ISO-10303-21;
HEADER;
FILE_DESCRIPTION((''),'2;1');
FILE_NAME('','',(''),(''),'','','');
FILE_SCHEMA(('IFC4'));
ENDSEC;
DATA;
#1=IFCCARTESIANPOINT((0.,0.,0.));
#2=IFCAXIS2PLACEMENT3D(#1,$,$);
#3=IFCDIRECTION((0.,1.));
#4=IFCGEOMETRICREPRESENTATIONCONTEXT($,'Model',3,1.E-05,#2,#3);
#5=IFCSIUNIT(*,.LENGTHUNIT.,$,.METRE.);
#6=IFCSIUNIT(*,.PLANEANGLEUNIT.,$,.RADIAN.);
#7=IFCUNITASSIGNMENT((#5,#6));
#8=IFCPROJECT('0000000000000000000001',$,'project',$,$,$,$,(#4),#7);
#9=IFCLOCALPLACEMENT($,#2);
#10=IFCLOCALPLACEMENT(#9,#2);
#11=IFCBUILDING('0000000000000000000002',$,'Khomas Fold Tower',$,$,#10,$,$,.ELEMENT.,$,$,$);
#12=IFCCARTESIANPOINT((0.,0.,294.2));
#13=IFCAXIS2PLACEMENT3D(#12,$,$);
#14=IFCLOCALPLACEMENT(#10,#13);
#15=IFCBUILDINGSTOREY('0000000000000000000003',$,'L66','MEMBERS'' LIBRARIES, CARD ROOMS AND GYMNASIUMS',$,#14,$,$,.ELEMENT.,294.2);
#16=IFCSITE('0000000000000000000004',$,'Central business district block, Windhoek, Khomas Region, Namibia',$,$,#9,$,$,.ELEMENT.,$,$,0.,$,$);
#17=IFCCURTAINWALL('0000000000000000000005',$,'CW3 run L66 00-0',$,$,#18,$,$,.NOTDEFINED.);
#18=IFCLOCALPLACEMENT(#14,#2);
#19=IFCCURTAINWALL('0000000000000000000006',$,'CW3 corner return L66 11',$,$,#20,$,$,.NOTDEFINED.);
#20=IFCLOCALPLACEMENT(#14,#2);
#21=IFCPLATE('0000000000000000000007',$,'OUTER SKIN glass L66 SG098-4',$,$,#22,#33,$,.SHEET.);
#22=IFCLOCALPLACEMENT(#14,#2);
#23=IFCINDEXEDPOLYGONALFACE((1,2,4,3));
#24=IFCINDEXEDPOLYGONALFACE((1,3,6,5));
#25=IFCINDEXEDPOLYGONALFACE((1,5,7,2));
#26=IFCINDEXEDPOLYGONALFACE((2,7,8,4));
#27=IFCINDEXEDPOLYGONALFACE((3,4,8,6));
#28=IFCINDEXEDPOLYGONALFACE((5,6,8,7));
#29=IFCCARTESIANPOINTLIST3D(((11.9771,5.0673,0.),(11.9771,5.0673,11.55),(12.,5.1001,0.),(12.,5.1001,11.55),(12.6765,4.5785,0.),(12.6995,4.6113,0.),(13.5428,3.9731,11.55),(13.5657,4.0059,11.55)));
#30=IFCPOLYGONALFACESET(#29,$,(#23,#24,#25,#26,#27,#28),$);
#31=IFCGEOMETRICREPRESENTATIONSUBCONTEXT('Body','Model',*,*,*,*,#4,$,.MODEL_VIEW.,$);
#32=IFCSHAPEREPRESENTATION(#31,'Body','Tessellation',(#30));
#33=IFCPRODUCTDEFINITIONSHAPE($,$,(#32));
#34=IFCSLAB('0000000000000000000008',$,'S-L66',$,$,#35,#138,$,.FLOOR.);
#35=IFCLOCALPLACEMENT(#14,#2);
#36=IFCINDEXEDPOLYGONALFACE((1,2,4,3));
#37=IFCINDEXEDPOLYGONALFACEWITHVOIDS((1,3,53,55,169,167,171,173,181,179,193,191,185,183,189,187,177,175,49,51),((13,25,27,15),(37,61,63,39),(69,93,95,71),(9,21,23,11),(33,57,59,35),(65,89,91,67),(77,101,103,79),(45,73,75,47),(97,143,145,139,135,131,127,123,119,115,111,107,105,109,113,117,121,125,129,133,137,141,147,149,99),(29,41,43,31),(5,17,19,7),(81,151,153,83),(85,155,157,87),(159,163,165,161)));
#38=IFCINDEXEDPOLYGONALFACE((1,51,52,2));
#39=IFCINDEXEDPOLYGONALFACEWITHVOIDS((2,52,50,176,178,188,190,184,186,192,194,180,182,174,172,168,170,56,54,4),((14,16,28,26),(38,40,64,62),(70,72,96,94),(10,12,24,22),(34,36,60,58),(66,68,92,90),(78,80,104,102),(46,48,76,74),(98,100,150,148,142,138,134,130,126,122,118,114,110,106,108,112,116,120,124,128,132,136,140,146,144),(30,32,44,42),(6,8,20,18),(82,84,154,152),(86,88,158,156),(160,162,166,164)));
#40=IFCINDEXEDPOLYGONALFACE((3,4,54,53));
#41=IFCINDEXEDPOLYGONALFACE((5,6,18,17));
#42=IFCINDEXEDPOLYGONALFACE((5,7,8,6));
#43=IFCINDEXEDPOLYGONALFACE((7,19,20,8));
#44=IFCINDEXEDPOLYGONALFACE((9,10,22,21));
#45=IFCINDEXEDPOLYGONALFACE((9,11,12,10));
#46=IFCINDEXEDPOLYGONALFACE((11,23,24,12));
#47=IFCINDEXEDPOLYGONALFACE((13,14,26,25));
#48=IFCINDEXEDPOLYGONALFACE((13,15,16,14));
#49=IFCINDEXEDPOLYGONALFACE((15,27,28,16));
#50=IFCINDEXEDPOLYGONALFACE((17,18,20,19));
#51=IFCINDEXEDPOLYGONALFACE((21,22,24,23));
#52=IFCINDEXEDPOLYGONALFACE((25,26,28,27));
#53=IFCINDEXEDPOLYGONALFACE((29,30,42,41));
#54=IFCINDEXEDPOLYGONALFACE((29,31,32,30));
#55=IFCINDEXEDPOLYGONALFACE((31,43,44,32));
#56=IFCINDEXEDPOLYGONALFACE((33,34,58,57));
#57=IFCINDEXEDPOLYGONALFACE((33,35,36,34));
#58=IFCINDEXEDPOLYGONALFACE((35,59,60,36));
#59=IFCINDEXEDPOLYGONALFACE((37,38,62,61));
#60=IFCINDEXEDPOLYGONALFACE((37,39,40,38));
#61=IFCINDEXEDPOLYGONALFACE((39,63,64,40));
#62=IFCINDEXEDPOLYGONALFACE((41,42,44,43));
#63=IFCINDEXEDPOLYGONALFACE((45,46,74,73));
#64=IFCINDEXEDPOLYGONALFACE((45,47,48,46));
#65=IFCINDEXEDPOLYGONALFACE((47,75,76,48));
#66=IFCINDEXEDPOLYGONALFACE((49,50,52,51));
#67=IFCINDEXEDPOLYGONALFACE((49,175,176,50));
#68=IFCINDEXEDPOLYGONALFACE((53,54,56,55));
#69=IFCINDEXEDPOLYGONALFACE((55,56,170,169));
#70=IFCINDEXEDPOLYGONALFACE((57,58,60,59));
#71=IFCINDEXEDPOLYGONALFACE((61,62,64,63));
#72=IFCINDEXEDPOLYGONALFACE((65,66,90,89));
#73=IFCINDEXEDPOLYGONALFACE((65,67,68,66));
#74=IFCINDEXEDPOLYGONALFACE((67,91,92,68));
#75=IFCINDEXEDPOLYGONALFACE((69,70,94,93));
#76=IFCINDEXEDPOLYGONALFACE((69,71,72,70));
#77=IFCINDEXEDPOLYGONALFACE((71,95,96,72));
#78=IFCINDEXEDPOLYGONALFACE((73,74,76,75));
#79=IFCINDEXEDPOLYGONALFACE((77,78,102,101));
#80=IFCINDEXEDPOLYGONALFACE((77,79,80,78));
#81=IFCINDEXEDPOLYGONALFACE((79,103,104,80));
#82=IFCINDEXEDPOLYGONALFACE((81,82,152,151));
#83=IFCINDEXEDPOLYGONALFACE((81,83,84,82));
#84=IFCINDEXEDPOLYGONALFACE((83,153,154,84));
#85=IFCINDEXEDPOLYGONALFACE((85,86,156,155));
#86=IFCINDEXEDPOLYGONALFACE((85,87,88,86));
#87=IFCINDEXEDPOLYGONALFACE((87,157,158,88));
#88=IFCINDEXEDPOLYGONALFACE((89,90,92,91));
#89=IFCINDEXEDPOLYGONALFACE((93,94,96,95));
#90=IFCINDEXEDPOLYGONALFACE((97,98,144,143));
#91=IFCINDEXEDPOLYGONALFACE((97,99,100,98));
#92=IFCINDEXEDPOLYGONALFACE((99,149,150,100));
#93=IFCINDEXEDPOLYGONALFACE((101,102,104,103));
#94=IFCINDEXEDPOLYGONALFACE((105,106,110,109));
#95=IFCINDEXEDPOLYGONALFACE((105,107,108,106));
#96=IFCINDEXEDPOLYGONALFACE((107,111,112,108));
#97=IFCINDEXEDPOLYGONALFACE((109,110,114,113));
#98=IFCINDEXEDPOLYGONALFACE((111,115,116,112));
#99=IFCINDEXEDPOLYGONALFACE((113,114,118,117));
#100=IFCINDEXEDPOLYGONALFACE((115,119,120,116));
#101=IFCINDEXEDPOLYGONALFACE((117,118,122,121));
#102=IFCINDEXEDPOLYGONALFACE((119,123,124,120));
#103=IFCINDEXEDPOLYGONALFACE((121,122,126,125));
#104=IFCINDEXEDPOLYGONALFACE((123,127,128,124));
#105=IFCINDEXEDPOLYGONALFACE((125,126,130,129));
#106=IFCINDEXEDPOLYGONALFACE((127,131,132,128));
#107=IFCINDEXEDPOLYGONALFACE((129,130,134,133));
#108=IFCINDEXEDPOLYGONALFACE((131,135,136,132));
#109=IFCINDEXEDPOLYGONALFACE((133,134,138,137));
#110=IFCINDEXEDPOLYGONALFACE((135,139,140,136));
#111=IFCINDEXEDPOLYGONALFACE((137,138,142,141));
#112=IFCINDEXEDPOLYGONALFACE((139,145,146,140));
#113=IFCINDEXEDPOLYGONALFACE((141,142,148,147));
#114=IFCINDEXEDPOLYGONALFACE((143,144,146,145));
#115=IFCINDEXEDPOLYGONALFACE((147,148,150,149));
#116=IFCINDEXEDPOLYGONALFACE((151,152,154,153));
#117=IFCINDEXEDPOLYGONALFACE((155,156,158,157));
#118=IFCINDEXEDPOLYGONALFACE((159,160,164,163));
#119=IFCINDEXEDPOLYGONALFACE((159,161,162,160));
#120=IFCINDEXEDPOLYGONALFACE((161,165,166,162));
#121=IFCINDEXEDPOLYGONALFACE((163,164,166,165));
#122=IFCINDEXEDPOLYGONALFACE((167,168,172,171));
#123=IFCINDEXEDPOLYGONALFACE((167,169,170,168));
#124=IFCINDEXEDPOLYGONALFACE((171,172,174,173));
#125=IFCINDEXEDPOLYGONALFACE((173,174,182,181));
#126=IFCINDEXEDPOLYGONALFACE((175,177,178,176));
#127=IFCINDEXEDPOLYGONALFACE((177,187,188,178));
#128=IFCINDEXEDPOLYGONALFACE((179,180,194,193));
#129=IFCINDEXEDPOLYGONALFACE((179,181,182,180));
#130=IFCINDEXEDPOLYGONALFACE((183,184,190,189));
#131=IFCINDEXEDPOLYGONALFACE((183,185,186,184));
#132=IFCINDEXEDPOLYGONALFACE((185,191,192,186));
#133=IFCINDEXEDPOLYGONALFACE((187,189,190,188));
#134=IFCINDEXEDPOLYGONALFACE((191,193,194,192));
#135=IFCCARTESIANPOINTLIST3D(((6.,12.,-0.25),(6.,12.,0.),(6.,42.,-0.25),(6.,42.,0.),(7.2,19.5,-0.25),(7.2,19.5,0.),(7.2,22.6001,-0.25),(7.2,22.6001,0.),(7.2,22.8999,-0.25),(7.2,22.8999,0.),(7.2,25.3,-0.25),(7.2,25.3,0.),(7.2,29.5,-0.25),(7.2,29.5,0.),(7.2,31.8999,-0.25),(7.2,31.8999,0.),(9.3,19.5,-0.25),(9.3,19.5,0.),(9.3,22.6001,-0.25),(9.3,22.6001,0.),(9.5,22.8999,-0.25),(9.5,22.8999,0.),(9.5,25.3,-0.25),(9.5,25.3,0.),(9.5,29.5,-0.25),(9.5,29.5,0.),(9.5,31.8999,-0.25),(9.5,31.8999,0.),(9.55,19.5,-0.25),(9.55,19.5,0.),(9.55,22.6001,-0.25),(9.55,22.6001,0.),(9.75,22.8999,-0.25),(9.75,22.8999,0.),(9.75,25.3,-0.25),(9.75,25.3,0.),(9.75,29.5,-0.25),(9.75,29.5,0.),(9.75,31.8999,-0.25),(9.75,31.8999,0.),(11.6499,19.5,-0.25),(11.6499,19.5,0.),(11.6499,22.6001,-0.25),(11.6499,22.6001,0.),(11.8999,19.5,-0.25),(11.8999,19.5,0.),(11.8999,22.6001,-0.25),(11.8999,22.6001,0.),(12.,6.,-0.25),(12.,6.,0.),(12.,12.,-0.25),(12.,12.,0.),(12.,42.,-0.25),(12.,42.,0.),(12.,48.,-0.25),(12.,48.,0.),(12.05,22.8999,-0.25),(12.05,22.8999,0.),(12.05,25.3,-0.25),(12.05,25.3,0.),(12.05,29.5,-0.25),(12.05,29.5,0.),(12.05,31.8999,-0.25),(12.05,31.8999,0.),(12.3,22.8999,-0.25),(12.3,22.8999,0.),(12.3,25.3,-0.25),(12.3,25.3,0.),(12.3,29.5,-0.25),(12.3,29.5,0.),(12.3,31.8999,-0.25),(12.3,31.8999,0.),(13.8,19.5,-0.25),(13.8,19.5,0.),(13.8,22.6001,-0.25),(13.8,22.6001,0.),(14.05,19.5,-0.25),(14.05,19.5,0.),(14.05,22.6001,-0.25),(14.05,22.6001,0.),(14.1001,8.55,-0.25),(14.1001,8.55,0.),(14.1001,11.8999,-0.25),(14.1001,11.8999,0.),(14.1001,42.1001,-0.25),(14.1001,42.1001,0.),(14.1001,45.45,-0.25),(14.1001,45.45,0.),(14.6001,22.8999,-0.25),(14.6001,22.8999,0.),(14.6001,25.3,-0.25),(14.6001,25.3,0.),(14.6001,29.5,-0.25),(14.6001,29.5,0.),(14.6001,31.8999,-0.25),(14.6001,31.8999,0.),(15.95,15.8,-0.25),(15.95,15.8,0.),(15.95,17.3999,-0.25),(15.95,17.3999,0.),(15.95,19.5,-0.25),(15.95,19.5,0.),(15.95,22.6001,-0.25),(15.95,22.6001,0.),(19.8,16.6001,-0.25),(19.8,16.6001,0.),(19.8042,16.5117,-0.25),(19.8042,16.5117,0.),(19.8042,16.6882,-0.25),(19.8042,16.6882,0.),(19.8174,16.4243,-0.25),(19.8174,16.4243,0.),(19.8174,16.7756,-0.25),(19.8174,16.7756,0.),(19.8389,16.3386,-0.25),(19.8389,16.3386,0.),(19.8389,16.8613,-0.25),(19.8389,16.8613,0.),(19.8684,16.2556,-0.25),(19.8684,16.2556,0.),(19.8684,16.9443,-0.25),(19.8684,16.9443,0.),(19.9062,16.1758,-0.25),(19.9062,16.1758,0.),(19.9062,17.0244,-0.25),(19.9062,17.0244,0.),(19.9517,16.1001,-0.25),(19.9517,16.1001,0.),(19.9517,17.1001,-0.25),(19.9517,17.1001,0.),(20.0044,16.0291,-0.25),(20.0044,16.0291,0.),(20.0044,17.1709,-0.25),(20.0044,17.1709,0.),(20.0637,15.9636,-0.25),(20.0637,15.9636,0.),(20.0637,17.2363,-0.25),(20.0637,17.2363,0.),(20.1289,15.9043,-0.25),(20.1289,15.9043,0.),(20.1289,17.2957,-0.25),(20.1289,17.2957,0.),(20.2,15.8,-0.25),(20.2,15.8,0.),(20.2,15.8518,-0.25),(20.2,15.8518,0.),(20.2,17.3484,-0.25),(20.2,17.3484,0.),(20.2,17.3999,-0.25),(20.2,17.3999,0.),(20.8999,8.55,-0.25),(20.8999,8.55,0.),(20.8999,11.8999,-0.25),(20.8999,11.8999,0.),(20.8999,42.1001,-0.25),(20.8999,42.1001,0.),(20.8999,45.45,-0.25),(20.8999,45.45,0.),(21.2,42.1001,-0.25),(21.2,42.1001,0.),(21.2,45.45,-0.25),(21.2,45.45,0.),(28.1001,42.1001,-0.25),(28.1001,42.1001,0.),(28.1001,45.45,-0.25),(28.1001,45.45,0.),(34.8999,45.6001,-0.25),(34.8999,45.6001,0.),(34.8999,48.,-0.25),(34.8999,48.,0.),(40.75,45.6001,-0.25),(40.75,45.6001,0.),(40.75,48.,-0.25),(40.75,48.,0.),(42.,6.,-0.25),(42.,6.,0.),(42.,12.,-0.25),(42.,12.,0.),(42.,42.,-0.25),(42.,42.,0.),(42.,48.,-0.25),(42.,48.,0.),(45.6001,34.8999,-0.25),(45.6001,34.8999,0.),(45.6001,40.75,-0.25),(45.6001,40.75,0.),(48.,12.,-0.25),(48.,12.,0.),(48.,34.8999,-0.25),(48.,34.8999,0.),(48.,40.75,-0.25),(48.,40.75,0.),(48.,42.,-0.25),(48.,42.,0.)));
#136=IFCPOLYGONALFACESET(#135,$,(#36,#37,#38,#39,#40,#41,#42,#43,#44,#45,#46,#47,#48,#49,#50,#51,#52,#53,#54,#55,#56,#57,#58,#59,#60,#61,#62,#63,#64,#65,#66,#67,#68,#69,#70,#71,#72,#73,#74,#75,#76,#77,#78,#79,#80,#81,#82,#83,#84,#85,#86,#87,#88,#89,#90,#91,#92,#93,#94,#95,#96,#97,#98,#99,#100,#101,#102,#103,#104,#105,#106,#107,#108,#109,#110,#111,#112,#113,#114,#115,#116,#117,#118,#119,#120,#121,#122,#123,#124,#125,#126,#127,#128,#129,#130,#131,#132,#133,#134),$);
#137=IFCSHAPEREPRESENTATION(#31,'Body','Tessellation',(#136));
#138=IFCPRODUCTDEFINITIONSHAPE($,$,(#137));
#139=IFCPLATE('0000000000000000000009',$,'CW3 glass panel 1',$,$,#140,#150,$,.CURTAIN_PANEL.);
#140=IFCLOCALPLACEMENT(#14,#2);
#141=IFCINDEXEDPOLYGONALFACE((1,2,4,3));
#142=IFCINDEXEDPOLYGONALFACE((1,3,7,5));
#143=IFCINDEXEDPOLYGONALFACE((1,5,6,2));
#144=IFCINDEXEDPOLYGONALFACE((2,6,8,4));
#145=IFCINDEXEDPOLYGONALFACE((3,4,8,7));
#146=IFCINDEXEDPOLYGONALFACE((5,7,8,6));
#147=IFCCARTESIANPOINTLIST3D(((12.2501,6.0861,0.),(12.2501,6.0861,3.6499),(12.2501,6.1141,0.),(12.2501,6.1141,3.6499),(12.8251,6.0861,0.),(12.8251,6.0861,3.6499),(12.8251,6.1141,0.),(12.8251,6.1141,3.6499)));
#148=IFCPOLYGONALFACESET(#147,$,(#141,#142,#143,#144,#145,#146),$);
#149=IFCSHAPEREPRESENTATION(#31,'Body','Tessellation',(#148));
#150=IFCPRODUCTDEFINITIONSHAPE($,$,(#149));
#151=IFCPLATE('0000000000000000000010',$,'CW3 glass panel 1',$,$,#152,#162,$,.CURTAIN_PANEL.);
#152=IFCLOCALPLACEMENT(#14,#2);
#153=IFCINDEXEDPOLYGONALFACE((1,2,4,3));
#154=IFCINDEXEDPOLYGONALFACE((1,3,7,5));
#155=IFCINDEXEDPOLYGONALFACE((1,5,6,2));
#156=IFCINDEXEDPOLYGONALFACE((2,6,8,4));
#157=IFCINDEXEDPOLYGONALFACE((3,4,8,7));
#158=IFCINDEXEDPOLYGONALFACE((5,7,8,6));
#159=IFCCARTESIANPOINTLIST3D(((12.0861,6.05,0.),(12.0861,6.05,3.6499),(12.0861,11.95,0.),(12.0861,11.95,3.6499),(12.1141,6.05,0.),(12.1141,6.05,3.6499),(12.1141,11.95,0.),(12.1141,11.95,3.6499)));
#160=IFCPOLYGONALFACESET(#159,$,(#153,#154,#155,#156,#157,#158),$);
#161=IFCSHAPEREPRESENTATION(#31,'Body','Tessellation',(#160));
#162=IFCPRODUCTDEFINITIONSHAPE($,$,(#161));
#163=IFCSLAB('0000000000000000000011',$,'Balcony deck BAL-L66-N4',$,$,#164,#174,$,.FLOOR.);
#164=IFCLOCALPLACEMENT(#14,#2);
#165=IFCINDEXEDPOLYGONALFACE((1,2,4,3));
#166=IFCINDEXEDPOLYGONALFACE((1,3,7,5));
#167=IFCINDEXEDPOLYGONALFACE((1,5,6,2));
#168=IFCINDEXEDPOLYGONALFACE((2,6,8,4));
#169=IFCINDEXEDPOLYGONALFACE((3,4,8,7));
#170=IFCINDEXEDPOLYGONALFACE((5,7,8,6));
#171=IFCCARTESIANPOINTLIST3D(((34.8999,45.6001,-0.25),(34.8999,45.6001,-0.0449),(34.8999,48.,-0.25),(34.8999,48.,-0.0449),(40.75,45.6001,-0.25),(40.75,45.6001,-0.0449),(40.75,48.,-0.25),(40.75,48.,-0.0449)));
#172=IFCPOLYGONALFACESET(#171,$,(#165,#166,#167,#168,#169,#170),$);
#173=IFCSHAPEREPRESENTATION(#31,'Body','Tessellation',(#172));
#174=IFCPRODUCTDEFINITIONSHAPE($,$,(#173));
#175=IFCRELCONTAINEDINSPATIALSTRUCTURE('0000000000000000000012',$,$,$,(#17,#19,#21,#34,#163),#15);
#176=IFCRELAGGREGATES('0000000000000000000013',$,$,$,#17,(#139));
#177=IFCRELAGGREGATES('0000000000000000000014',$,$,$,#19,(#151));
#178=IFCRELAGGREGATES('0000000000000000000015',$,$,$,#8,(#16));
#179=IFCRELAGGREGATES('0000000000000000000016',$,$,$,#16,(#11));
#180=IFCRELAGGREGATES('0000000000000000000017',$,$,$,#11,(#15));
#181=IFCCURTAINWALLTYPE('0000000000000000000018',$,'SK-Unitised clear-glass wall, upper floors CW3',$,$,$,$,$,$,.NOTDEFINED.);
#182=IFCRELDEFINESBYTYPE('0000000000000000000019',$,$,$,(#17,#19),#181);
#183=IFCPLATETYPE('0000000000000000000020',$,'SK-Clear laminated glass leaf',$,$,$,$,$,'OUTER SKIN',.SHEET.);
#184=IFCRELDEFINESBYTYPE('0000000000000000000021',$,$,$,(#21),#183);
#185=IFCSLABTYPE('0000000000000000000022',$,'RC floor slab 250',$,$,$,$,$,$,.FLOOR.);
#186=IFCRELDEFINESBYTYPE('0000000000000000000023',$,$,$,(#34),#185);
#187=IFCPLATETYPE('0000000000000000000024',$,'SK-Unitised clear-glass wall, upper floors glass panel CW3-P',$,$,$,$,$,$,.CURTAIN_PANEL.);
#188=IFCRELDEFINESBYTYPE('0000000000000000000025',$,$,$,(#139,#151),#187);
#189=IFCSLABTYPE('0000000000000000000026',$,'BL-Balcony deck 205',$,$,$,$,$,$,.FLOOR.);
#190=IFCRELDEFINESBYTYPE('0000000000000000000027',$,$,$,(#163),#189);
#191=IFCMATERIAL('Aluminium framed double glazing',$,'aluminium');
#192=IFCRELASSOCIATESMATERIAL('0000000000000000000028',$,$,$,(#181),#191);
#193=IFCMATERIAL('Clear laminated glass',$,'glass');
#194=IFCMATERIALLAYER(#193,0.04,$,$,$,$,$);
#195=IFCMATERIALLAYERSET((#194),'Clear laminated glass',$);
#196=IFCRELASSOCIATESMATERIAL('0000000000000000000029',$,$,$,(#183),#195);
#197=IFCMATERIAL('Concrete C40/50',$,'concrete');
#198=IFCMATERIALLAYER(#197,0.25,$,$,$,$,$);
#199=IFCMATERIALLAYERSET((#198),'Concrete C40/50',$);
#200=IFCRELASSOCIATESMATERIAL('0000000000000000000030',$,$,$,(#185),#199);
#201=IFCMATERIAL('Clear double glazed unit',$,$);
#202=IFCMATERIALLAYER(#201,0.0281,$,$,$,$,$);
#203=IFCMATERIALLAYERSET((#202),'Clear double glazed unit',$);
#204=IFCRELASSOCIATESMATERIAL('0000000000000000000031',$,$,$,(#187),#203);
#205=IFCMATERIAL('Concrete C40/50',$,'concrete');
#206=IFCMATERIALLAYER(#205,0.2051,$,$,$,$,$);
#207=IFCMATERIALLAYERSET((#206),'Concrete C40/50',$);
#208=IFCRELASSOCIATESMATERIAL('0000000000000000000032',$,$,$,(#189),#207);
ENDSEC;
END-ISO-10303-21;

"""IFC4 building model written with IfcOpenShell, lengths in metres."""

from ifc_helpers import new_model, si_unit, direction, frame, origin, origin_2d, place, context, subcontext, project, spatial, polyline, rectangle, outline, extrude, source, transform, mapped, material, layer, layer_set, type_object, element, aggregate, save


model = new_model("IFC4")

# Units and contexts
model_context = context("Model", 3, precision=1e-05, world=origin(), true_north=direction((0.0, 1.0)))
body_context = subcontext(model_context, "Body", "Model", "MODEL_VIEW")
ifc_project = project(units=[si_unit("LENGTHUNIT", "METRE"), si_unit("PLANEANGLEUNIT", "RADIAN")], contexts=[model_context])

# Site, building, storey
site_placement = place(None, origin())
site = spatial("IfcSite", under=ifc_project, at=site_placement, Name="Central business district block, Windhoek, Khomas Region, Namibia", CompositionType="ELEMENT", RefElevation=0.0)
building_placement = place(site_placement, origin())
building = spatial("IfcBuilding", under=site, at=building_placement, Name="Khomas Fold Tower", CompositionType="ELEMENT")
storey_placement = place(building_placement, frame((0.0, 0.0, 294.2)))
storey = spatial("IfcBuildingStorey", under=building, at=storey_placement, Name="L66", Description="MEMBERS' LIBRARIES, CARD ROOMS AND GYMNASIUMS", CompositionType="ELEMENT", Elevation=294.2)

# Curtain wall
ifc_material_1 = material(Name="Aluminium framed double glazing", Category="aluminium")
curtain_wall_type = type_object("IfcCurtainWallType", Name="SK-Unitised clear-glass wall, upper floors CW3", PredefinedType="NOTDEFINED", material=ifc_material_1)
curtain_wall_1_placement = place(storey_placement, origin())
curtain_wall_1 = element("IfcCurtainWall", 1, at=curtain_wall_1_placement, inside=storey, type_object=curtain_wall_type, Name="CW3 run L66 00-0", PredefinedType="NOTDEFINED")

# Curtain wall
curtain_wall_2_placement = place(storey_placement, origin())
curtain_wall_2 = element("IfcCurtainWall", 2, at=curtain_wall_2_placement, inside=storey, type_object=curtain_wall_type, Name="CW3 corner return L66 11", PredefinedType="NOTDEFINED")

# Plate
ifc_material_2 = material(Name="Clear laminated glass", Category="glass")
ifc_layer_1 = layer(ifc_material_2, 0.04)
ifc_layer_set_1 = layer_set([ifc_layer_1], Name="Clear laminated glass")
plate_type_1 = type_object("IfcPlateType", Name="SK-Clear laminated glass leaf", ElementType="OUTER SKIN", PredefinedType="SHEET", material=ifc_layer_set_1)
plate_1_placement = place(storey_placement, frame((12.6995, 4.6113, 0.0), z_axis=(0.572834, 0.819672, 0.000004), x_axis=(-0.819672, 0.572834, 0.0)))
element("IfcPlate", 3, at=plate_1_placement, inside=storey, type_object=plate_type_1, Name="OUTER SKIN glass L66 SG098-4", PredefinedType="SHEET", context=body_context, shape_type="SweptSolid", body=[
    extrude(outline(polyline([(0.0, 0.0), (0.8533, 0.0), (0.8533, 11.55), (-1.0568, 11.55), (0.0, 0.0)])), origin(), (0.0, 0.0, -1.0), 0.04),
])

# Slab
ifc_material_3 = material(Name="Concrete C40/50", Category="concrete")
ifc_layer_2 = layer(ifc_material_3, 0.25)
ifc_layer_set_2 = layer_set([ifc_layer_2], Name="Concrete C40/50")
slab_type_1 = type_object("IfcSlabType", Name="RC floor slab 250", PredefinedType="FLOOR", material=ifc_layer_set_2)
shared_shape_1 = source(origin(), body_context, "Body", "SweptSolid", [
    extrude(outline(polyline([(6.0, 12.0), (12.0, 12.0), (12.0, 6.0), (42.0, 6.0), (42.0, 12.0), (48.0, 12.0), (48.0, 34.8999), (45.6001, 34.8999), (45.6001, 40.75), (48.0, 40.75), (48.0, 42.0), (42.0, 42.0), (42.0, 48.0), (40.75, 48.0), (40.75, 45.6001), (34.8999, 45.6001), (34.8999, 48.0), (12.0, 48.0), (12.0, 42.0), (6.0, 42.0), (6.0, 12.0)]), holes=[polyline([(7.2, 19.5), (7.2, 22.6001), (9.3, 22.6001), (9.3, 19.5), (7.2, 19.5)]), polyline([(7.2, 22.8999), (7.2, 25.3), (9.5, 25.3), (9.5, 22.8999), (7.2, 22.8999)]), polyline([(7.2, 29.5), (7.2, 31.8999), (9.5, 31.8999), (9.5, 29.5), (7.2, 29.5)]), polyline([(9.55, 19.5), (9.55, 22.6001), (11.6499, 22.6001), (11.6499, 19.5), (9.55, 19.5)]), polyline([(9.75, 22.8999), (9.75, 25.3), (12.05, 25.3), (12.05, 22.8999), (9.75, 22.8999)]), polyline([(9.75, 29.5), (9.75, 31.8999), (12.05, 31.8999), (12.05, 29.5), (9.75, 29.5)]), polyline([(11.8999, 19.5), (11.8999, 22.6001), (13.8, 22.6001), (13.8, 19.5), (11.8999, 19.5)]), polyline([(12.3, 22.8999), (12.3, 25.3), (14.6001, 25.3), (14.6001, 22.8999), (12.3, 22.8999)]), polyline([(12.3, 29.5), (12.3, 31.8999), (14.6001, 31.8999), (14.6001, 29.5), (12.3, 29.5)]), polyline([(14.05, 19.5), (14.05, 22.6001), (15.95, 22.6001), (15.95, 19.5), (14.05, 19.5)]), polyline([(14.1001, 8.55), (14.1001, 11.8999), (20.8999, 11.8999), (20.8999, 8.55), (14.1001, 8.55)]), polyline([(14.1001, 42.1001), (14.1001, 45.45), (20.8999, 45.45), (20.8999, 42.1001), (14.1001, 42.1001)]), polyline([(15.95, 15.8), (15.95, 17.3999), (20.2, 17.3999), (20.2, 17.3484), (20.2, 17.3484), (20.1289, 17.2957), (20.0637, 17.2363), (20.0044, 17.1709), (19.9517, 17.1001), (19.9062, 17.0244), (19.8684, 16.9443), (19.8389, 16.8613), (19.8174, 16.7756), (19.8042, 16.6882), (19.8, 16.6001), (19.8042, 16.5117), (19.8174, 16.4243), (19.8389, 16.3386), (19.8684, 16.2556), (19.9062, 16.1758), (19.9517, 16.1001), (20.0044, 16.0291), (20.0637, 15.9636), (20.1289, 15.9043), (20.2, 15.8518), (20.2, 15.8518), (20.2, 15.8), (15.95, 15.8)]), polyline([(21.2, 42.1001), (21.2, 45.45), (28.1001, 45.45), (28.1001, 42.1001), (21.2, 42.1001)])]), origin(), (0.0, 0.0, 1.0), 0.25),
])
slab_1_placement = place(storey_placement, frame((0.0, 0.0, -0.25)))
element("IfcSlab", 4, at=slab_1_placement, inside=storey, type_object=slab_type_1, Name="S-L66", PredefinedType="FLOOR", context=body_context, shape_type="MappedRepresentation", body=[
    mapped(shared_shape_1, transform((0.0, 0.0, 0.0))),
])

# Plates
ifc_material_4 = material(Name="Clear double glazed unit")
ifc_layer_3 = layer(ifc_material_4, 0.0281)
ifc_layer_set_3 = layer_set([ifc_layer_3], Name="Clear double glazed unit")
plate_type_2 = type_object("IfcPlateType", Name="SK-Unitised clear-glass wall, upper floors glass panel CW3-P", PredefinedType="CURTAIN_PANEL", material=ifc_layer_set_3)
shared_shape_2 = source(origin(), body_context, "Body", "SweptSolid", [
    extrude(rectangle(XDim=0.575, YDim=0.0281, at=origin_2d()), origin(), (0.0, 0.0, 1.0), 3.6499),
])
plate_2_placement = place(storey_placement, frame((12.5376, 6.1001, 0.0), z_axis=(0.0, 0.0, 1.0), x_axis=(1.0, 0.0, 0.0)))
plate_2 = element("IfcPlate", 5, at=plate_2_placement, type_object=plate_type_2, Name="CW3 glass panel 1", PredefinedType="CURTAIN_PANEL", context=body_context, shape_type="MappedRepresentation", body=[
    mapped(shared_shape_2, transform((0.0, 0.0, 0.0))),
])
aggregate(curtain_wall_1, [plate_2])
shared_shape_3 = source(origin(), body_context, "Body", "SweptSolid", [
    extrude(rectangle(XDim=5.8999, YDim=0.0281, at=origin_2d()), origin(), (0.0, 0.0, 1.0), 3.6499),
])
plate_3_placement = place(storey_placement, frame((12.1001, 9.0, 0.0), z_axis=(0.0, 0.0, 1.0), x_axis=(0.0, -1.0, 0.0)))
plate_3 = element("IfcPlate", 6, at=plate_3_placement, type_object=plate_type_2, Name="CW3 glass panel 1", PredefinedType="CURTAIN_PANEL", context=body_context, shape_type="MappedRepresentation", body=[
    mapped(shared_shape_3, transform((0.0, 0.0, 0.0))),
])
aggregate(curtain_wall_2, [plate_3])

# Slab
ifc_material_5 = material(Name="Concrete C40/50", Category="concrete")
ifc_layer_4 = layer(ifc_material_5, 0.2051)
ifc_layer_set_4 = layer_set([ifc_layer_4], Name="Concrete C40/50")
slab_type_2 = type_object("IfcSlabType", Name="BL-Balcony deck 205", PredefinedType="FLOOR", material=ifc_layer_set_4)
shared_shape_4 = source(origin(), body_context, "Body", "SweptSolid", [
    extrude(outline(polyline([(34.8999, 45.6001), (40.75, 45.6001), (40.75, 48.0), (34.8999, 48.0), (34.8999, 45.6001)])), origin(), (0.0, 0.0, 1.0), 0.2051),
])
slab_2_placement = place(storey_placement, frame((0.0, 0.0, -0.25)))
element("IfcSlab", 7, at=slab_2_placement, inside=storey, type_object=slab_type_2, Name="Balcony deck BAL-L66-N4", PredefinedType="FLOOR", context=body_context, shape_type="MappedRepresentation", body=[
    mapped(shared_shape_4, transform((0.0, 0.0, 0.0))),
])

save(model, "model.ifc")
